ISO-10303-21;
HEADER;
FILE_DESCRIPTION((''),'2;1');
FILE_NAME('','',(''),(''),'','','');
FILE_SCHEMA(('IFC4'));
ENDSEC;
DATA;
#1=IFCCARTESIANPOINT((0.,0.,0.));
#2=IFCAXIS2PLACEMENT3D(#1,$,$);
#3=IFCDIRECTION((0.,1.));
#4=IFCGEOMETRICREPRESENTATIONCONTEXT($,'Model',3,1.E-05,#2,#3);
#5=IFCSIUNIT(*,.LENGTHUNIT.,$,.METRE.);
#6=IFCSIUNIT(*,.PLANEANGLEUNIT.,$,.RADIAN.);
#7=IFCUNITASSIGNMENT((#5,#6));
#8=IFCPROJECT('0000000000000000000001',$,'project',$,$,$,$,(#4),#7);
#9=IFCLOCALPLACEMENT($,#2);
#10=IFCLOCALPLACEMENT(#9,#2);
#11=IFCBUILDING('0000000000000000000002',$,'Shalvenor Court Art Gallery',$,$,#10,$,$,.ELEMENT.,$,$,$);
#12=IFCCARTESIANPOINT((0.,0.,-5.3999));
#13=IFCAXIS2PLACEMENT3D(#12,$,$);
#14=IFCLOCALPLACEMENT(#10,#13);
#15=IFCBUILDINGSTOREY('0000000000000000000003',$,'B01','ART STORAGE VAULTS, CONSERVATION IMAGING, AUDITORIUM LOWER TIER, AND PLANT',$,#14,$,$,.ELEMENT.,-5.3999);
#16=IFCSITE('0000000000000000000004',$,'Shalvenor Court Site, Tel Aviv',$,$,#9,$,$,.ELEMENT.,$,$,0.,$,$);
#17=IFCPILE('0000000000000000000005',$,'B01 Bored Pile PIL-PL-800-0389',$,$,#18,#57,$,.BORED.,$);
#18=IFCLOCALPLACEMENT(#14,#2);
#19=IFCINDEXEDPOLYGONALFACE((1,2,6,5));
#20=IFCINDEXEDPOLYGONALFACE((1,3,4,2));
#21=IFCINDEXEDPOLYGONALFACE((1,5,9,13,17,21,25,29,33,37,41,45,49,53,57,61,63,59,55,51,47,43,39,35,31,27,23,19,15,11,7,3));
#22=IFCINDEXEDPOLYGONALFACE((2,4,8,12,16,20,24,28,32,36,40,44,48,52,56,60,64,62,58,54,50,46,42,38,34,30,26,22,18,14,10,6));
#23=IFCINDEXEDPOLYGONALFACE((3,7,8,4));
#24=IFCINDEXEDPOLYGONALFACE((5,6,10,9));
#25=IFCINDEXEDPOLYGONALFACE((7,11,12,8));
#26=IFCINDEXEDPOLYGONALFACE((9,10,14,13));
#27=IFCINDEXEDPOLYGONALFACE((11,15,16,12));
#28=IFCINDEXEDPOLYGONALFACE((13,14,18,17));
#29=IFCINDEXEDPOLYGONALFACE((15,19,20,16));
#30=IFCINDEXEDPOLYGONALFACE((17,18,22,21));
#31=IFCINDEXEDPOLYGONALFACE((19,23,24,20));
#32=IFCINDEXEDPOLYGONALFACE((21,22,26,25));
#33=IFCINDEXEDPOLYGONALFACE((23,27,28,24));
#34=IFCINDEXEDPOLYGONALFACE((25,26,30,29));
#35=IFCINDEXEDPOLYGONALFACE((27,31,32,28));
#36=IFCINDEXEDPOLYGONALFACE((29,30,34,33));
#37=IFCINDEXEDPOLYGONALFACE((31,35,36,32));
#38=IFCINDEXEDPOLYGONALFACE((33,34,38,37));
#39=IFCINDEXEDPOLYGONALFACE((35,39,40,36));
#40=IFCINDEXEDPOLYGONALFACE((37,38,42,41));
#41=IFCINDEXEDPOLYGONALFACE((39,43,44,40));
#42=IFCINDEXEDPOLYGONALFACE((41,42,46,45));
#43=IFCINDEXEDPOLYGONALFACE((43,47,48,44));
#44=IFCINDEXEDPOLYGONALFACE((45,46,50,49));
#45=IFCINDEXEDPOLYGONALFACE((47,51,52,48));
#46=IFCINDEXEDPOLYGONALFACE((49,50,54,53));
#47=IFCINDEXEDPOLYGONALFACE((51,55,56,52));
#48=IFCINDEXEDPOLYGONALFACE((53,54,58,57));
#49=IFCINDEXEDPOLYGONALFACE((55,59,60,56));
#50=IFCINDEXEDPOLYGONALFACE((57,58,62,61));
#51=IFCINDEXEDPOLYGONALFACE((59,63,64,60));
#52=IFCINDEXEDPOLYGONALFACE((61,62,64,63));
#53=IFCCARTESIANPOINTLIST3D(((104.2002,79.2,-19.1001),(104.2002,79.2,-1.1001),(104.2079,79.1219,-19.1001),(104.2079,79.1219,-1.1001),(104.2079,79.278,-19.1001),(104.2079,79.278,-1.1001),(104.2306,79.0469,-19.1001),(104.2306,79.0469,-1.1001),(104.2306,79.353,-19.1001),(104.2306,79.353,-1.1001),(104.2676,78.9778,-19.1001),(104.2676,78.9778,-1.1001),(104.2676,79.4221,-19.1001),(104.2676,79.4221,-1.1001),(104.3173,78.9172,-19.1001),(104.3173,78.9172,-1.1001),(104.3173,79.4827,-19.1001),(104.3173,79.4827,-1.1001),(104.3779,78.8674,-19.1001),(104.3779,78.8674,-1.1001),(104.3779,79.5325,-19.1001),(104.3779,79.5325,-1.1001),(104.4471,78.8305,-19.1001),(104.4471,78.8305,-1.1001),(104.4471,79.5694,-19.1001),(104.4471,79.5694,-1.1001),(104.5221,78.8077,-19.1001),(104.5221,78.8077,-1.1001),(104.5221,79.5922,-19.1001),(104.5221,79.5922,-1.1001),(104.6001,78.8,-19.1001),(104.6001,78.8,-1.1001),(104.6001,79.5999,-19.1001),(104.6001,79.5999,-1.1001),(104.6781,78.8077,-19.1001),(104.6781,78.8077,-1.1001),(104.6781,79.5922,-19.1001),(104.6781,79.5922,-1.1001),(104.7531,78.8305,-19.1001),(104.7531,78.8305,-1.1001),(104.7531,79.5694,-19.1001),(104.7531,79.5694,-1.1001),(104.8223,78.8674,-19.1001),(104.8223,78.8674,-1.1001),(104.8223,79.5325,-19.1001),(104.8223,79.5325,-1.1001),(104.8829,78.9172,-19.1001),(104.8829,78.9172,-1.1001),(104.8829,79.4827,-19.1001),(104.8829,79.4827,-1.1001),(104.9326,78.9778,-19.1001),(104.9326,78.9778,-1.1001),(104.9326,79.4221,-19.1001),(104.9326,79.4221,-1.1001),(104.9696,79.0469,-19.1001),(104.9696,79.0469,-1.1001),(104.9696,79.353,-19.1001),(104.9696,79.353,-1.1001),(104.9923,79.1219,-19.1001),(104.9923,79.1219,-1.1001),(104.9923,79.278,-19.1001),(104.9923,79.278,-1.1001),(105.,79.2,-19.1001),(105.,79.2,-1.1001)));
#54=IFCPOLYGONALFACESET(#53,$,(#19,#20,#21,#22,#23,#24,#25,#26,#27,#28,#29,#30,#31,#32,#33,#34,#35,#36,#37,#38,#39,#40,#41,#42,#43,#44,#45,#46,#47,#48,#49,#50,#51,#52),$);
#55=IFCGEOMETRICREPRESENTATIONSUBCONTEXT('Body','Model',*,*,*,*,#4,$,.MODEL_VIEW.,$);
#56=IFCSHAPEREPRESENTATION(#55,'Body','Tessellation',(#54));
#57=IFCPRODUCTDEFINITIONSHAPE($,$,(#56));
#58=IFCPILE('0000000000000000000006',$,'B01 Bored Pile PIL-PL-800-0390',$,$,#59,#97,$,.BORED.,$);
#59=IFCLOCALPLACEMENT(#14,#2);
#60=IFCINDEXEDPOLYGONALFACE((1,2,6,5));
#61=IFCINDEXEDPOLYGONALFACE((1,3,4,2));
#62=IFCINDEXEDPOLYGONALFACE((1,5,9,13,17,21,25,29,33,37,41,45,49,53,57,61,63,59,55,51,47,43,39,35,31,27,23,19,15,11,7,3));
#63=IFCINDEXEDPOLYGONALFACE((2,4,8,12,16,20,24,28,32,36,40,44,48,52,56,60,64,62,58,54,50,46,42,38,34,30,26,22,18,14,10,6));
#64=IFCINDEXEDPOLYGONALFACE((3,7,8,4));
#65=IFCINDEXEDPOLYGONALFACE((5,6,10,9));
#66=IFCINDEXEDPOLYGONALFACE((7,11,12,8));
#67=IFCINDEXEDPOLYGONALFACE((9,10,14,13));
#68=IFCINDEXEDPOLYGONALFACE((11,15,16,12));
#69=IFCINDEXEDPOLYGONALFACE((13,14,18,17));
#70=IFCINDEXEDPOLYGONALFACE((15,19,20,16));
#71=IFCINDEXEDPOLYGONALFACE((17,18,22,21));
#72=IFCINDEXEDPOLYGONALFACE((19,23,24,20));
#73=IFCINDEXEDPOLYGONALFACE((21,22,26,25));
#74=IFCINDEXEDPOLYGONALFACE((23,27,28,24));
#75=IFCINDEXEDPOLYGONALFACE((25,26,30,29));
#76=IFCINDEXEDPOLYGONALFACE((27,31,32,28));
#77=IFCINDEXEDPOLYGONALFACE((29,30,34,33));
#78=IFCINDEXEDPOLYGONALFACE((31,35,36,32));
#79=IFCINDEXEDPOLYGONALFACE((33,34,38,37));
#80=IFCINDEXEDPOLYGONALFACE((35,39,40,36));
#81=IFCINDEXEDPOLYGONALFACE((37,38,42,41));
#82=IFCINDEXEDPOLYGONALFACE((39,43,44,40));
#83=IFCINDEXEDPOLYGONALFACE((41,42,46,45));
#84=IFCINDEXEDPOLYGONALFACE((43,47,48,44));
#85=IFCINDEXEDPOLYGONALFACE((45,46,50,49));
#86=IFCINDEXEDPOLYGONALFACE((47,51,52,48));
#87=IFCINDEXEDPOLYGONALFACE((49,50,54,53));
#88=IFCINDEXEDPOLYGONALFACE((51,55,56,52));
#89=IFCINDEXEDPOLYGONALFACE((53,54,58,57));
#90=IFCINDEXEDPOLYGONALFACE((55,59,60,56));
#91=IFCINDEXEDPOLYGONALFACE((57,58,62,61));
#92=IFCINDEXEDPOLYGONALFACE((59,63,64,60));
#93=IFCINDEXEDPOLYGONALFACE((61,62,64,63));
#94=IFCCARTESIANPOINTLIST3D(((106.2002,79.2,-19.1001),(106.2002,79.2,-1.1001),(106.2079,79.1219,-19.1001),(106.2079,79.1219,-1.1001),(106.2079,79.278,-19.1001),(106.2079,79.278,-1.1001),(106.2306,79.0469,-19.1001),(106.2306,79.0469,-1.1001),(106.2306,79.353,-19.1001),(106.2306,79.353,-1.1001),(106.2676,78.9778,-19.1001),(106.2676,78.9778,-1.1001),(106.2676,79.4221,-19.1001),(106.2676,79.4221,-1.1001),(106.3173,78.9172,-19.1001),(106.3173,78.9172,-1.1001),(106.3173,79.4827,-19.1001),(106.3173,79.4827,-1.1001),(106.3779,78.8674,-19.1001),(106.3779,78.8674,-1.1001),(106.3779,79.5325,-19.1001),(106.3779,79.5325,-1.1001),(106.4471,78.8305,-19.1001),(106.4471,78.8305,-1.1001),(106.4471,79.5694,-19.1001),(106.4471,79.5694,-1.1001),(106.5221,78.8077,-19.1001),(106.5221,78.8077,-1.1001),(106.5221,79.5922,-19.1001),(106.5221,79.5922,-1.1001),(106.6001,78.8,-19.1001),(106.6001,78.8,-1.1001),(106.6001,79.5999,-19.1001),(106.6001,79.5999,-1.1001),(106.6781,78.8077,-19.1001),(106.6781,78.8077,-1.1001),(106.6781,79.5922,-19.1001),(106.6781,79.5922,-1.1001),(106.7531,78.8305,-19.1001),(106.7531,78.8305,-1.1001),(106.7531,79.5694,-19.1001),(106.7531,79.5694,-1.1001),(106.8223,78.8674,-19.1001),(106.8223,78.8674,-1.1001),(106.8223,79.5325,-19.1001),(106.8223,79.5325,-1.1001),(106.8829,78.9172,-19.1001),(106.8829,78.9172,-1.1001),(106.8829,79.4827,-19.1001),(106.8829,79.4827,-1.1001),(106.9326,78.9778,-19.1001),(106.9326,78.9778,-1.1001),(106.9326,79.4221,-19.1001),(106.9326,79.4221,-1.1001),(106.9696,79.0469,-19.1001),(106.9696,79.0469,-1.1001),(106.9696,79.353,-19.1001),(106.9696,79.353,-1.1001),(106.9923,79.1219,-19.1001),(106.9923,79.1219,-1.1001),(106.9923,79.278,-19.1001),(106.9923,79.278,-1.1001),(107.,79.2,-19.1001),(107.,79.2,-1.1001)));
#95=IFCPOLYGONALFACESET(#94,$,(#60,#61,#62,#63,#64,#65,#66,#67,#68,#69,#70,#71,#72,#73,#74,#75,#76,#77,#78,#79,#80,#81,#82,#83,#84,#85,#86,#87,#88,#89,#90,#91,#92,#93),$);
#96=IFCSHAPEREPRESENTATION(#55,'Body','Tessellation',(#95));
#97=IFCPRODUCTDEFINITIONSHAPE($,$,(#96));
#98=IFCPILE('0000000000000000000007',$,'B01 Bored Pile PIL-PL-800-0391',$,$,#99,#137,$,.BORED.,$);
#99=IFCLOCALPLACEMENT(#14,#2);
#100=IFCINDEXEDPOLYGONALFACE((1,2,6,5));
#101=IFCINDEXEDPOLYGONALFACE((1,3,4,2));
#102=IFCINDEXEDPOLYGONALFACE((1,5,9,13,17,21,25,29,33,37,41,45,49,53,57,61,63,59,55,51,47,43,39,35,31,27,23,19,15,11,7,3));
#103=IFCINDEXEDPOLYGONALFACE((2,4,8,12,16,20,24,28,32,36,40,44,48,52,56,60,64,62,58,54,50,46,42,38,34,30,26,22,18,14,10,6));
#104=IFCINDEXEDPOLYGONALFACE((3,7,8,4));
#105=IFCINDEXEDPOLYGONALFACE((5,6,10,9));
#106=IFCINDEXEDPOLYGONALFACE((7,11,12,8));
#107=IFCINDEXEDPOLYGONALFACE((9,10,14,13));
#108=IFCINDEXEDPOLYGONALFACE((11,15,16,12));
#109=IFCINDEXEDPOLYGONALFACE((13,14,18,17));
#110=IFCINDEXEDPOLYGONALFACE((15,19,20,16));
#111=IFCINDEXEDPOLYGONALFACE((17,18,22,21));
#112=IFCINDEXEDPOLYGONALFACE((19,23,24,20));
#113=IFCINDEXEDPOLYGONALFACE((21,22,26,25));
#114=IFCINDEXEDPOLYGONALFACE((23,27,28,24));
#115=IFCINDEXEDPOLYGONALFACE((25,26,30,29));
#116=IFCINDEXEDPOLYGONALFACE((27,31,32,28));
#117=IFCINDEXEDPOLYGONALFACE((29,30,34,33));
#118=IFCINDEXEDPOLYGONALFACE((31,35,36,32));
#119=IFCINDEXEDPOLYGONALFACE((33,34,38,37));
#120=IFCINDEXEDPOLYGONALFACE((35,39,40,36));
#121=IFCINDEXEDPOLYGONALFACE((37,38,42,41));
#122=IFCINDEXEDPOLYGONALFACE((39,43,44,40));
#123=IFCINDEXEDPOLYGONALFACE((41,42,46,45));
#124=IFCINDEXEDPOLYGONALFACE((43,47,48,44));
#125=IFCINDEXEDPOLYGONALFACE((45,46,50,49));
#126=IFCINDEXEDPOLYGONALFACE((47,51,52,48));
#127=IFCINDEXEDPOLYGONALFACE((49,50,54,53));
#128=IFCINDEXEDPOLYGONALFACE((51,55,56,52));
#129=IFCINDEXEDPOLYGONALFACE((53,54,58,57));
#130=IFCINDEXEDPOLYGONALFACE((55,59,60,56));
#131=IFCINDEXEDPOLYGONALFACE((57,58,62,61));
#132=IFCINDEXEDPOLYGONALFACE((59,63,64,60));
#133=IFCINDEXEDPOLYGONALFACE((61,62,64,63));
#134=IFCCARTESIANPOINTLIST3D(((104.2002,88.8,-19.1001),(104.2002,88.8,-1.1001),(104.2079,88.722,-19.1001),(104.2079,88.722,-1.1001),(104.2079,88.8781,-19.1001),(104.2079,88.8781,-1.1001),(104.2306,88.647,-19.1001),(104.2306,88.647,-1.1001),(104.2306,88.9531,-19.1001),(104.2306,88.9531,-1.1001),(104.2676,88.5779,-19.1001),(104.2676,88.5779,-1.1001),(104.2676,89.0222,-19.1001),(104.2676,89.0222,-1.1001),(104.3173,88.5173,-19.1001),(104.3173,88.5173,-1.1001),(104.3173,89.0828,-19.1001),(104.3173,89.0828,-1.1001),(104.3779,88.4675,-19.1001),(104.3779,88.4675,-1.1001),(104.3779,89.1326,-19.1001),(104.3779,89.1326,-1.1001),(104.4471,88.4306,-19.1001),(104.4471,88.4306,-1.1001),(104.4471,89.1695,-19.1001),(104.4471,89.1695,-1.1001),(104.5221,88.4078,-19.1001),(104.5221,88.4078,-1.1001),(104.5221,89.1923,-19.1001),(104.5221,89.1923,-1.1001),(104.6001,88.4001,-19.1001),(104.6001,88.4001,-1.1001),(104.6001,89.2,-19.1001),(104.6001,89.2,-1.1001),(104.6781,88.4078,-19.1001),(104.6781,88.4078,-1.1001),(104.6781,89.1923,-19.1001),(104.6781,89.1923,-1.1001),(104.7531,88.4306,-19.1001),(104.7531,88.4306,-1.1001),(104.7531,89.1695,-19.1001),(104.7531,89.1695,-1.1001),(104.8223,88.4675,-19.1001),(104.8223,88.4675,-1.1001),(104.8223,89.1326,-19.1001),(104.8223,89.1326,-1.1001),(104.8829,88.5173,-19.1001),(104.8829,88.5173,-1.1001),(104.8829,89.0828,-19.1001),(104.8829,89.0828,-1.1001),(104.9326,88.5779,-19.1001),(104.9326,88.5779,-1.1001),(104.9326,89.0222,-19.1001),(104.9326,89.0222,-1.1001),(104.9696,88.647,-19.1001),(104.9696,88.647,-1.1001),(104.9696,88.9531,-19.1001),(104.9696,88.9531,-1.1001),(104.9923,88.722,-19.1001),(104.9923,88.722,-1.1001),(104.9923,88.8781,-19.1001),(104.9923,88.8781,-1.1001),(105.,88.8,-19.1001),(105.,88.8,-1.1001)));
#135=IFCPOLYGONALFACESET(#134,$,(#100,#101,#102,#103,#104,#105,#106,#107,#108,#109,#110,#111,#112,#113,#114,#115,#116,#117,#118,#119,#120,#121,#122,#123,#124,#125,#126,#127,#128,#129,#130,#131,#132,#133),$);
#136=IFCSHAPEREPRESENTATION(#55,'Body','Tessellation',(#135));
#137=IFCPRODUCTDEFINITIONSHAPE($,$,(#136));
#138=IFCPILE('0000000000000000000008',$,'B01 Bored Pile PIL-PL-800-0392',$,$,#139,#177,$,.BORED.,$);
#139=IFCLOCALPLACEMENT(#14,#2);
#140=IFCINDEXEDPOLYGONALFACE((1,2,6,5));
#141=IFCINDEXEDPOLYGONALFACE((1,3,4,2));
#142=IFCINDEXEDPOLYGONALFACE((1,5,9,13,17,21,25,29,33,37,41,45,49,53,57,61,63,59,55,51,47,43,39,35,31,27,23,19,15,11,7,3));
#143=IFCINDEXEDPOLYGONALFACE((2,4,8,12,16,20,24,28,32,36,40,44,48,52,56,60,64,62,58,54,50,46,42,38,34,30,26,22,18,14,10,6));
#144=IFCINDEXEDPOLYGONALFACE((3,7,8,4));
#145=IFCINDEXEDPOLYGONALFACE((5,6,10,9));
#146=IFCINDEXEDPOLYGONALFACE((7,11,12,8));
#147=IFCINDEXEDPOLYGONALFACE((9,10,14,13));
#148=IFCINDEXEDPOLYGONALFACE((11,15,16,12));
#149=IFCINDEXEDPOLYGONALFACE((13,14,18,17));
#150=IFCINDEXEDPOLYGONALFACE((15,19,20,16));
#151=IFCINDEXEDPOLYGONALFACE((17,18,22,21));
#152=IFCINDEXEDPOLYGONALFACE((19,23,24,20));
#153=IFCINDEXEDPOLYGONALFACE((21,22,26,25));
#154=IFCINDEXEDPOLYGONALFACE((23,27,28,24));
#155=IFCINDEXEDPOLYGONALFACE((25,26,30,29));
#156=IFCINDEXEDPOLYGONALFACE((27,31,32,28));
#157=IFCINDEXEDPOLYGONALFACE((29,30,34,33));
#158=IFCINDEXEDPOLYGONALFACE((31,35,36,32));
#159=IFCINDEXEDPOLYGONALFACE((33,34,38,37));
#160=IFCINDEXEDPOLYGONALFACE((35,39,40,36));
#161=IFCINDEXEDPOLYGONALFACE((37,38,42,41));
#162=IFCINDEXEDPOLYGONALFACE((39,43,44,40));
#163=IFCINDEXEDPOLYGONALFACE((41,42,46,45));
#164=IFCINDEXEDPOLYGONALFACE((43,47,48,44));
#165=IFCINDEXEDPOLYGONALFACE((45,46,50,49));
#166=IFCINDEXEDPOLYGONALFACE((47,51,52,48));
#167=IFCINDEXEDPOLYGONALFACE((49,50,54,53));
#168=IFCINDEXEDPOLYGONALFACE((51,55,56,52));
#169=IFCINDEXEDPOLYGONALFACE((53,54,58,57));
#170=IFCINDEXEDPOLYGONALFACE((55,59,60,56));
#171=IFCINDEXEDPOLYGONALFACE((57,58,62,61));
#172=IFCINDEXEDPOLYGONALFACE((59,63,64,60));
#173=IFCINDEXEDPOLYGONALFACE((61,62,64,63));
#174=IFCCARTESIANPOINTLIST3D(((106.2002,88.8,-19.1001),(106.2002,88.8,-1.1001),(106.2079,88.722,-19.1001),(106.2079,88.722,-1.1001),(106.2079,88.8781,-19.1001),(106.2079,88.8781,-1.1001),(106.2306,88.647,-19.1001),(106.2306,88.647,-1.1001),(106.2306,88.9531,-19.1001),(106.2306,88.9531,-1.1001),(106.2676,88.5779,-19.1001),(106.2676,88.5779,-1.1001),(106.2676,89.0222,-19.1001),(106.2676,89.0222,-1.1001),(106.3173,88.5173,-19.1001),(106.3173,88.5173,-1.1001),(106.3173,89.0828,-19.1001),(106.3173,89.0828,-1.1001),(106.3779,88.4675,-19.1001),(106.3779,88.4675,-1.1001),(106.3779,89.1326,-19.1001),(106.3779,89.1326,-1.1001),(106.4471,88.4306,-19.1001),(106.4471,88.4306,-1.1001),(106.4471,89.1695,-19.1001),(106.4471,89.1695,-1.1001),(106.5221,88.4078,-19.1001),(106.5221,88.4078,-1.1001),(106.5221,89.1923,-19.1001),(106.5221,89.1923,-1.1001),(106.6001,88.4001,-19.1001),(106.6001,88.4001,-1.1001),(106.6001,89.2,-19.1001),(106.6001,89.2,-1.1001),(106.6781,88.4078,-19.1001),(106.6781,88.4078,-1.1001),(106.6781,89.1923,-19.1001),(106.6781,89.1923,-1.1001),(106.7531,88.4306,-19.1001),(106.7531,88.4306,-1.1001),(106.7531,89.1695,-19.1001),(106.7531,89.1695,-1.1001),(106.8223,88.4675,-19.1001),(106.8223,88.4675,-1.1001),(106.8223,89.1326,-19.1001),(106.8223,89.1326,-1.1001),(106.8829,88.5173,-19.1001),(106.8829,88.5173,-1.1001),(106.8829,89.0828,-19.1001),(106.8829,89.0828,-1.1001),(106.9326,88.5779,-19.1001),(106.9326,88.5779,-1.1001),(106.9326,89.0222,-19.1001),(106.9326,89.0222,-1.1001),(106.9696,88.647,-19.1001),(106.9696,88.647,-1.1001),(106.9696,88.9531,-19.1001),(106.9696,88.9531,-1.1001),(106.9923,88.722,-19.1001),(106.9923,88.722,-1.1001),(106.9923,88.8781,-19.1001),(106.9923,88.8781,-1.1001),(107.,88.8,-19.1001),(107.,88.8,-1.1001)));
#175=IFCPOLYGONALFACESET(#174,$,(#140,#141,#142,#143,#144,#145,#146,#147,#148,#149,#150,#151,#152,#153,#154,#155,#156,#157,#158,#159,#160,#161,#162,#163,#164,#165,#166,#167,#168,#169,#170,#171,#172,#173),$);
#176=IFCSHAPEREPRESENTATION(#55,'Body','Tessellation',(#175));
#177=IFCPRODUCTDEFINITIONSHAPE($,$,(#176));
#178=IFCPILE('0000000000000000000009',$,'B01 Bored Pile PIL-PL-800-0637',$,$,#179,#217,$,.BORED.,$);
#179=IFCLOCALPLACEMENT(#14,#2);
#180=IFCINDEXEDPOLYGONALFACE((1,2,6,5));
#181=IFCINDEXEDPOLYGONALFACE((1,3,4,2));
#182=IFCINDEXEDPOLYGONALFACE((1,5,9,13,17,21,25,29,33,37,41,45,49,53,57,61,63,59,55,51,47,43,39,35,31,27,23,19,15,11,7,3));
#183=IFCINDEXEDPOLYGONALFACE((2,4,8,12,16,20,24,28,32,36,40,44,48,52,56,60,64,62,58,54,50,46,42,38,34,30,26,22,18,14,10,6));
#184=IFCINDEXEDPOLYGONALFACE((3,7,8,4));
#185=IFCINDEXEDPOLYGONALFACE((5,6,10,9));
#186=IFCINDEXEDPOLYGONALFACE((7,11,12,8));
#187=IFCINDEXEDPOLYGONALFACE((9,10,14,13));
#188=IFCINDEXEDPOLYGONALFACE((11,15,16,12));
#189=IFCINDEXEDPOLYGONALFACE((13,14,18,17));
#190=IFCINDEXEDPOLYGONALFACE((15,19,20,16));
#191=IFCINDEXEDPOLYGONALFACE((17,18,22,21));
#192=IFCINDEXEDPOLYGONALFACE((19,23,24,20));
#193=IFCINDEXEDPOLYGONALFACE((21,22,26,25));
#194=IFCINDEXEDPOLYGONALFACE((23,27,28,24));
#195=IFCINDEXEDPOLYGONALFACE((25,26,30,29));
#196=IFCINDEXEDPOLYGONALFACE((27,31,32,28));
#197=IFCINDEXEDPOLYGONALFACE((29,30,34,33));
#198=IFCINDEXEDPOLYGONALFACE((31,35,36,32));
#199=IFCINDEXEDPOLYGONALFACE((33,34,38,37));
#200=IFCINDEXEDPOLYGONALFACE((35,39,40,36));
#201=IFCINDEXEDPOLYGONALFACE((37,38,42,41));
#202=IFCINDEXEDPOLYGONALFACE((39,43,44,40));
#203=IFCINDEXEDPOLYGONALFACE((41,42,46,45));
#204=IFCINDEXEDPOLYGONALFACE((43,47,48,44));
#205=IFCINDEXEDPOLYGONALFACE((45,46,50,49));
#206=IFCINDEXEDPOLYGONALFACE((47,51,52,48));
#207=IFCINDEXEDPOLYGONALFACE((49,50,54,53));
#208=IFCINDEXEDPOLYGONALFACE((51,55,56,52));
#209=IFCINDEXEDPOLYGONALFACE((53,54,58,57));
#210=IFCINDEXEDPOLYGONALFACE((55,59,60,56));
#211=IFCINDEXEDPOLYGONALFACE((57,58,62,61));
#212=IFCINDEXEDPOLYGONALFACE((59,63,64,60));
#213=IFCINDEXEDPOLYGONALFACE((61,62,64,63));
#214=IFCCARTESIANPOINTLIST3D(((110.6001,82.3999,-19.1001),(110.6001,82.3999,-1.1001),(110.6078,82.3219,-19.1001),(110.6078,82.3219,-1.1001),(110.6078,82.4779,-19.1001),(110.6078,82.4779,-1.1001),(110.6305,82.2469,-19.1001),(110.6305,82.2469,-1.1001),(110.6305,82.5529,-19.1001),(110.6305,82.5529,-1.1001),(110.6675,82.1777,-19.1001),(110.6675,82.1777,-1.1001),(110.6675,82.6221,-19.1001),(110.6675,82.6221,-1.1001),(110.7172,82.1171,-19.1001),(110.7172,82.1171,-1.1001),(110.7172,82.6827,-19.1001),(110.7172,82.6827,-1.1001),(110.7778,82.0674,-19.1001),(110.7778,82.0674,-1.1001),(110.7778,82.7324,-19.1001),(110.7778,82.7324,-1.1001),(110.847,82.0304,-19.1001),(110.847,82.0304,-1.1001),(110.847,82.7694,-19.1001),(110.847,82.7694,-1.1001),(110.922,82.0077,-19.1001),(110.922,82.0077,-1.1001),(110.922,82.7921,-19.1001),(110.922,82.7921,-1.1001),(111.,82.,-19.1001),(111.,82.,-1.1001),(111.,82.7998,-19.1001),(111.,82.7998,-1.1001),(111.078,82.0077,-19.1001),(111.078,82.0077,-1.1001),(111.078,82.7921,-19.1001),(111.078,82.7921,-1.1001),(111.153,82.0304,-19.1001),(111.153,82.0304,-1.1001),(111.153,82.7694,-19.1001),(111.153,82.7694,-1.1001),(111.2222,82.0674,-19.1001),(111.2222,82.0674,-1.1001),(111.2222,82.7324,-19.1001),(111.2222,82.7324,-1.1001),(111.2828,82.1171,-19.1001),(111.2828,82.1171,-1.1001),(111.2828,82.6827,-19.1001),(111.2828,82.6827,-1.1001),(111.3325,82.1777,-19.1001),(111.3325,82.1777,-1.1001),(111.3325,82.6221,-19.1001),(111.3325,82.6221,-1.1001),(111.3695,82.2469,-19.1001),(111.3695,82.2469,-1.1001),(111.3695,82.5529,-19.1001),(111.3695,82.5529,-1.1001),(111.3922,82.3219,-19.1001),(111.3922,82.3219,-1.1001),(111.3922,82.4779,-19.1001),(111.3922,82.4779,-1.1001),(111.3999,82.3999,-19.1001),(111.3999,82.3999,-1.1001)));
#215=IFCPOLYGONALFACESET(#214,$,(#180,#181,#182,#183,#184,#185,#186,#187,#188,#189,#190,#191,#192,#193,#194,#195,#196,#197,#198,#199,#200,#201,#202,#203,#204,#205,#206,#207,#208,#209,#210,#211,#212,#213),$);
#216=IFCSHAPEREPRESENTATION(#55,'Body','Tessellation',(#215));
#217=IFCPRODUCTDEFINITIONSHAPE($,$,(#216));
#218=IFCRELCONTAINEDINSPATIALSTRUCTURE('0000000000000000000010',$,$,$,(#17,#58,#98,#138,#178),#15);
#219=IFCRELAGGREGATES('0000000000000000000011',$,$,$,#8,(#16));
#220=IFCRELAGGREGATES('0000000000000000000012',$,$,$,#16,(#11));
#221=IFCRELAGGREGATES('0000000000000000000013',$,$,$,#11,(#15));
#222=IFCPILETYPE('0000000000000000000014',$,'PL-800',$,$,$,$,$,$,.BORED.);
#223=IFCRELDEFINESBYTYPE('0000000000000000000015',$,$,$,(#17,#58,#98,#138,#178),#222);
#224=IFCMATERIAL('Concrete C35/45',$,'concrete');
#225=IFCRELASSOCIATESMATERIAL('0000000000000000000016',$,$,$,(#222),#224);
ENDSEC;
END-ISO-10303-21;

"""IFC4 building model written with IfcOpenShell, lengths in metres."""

from ifc_helpers import new_model, si_unit, direction, frame, origin, origin_2d, place, context, subcontext, project, spatial, circle, extrude, material, material_profile, profile_set, type_object, element, save


model = new_model("IFC4")

# Units and contexts
model_context = context("Model", 3, precision=1e-05, world=origin(), true_north=direction((0.0, 1.0)))
body_context = subcontext(model_context, "Body", "Model", "MODEL_VIEW")
ifc_project = project(units=[si_unit("LENGTHUNIT", "METRE"), si_unit("PLANEANGLEUNIT", "RADIAN")], contexts=[model_context])

# Site, building, storey
site_placement = place(None, origin())
site = spatial("IfcSite", under=ifc_project, at=site_placement, Name="Shalvenor Court Site, Tel Aviv", CompositionType="ELEMENT", RefElevation=0.0)
building_placement = place(site_placement, origin())
building = spatial("IfcBuilding", under=site, at=building_placement, Name="Shalvenor Court Art Gallery", CompositionType="ELEMENT")
storey_placement = place(building_placement, frame((0.0, 0.0, -5.3999)))
storey = spatial("IfcBuildingStorey", under=building, at=storey_placement, Name="B01", Description="ART STORAGE VAULTS, CONSERVATION IMAGING, AUDITORIUM LOWER TIER, AND PLANT", CompositionType="ELEMENT", Elevation=-5.3999)

# Piles
ifc_material_1 = material(Name="Concrete C35/45", Category="concrete")
ifc_material_profile_1 = material_profile(ifc_material_1, circle(Radius=0.3999, at=origin_2d()), Name="PILE 800")
ifc_profile_set_1 = profile_set([ifc_material_profile_1], Name="Concrete C35/45")
pile_type_1 = type_object("IfcPileType", Name="PL-800", PredefinedType="BORED", material=ifc_profile_set_1)
for number, where, z_axis, x_axis, name in (
    (1, (104.6001, 79.2, -1.1001), (0.0, 0.0, -1.0), (1.0, 0.0, 0.0), "B01 Bored Pile PIL-PL-800-0389"),
    (2, (106.6001, 79.2, -1.1001), (0.0, 0.0, -1.0), (1.0, 0.0, 0.0), "B01 Bored Pile PIL-PL-800-0390"),
    (3, (104.6001, 88.8, -1.1001), (0.0, 0.0, -1.0), (1.0, 0.0, 0.0), "B01 Bored Pile PIL-PL-800-0391"),
    (4, (106.6001, 88.8, -1.1001), (0.0, 0.0, -1.0), (1.0, 0.0, 0.0), "B01 Bored Pile PIL-PL-800-0392"),
    (5, (111.0, 82.3999, -1.1001), (0.0, 0.0, -1.0), (1.0, 0.0, 0.0), "B01 Bored Pile PIL-PL-800-0637"),
):
    element("IfcPile", number, at=place(storey_placement, frame(where, z_axis=z_axis, x_axis=x_axis)), inside=storey, type_object=pile_type_1, Name=name, PredefinedType="BORED", context=body_context, shape_type="SweptSolid", body=[
        extrude(circle(Radius=0.3999, at=origin_2d()), origin(), (0.0, 0.0, 1.0), 18.0),
    ])

save(model, "model.ifc")
